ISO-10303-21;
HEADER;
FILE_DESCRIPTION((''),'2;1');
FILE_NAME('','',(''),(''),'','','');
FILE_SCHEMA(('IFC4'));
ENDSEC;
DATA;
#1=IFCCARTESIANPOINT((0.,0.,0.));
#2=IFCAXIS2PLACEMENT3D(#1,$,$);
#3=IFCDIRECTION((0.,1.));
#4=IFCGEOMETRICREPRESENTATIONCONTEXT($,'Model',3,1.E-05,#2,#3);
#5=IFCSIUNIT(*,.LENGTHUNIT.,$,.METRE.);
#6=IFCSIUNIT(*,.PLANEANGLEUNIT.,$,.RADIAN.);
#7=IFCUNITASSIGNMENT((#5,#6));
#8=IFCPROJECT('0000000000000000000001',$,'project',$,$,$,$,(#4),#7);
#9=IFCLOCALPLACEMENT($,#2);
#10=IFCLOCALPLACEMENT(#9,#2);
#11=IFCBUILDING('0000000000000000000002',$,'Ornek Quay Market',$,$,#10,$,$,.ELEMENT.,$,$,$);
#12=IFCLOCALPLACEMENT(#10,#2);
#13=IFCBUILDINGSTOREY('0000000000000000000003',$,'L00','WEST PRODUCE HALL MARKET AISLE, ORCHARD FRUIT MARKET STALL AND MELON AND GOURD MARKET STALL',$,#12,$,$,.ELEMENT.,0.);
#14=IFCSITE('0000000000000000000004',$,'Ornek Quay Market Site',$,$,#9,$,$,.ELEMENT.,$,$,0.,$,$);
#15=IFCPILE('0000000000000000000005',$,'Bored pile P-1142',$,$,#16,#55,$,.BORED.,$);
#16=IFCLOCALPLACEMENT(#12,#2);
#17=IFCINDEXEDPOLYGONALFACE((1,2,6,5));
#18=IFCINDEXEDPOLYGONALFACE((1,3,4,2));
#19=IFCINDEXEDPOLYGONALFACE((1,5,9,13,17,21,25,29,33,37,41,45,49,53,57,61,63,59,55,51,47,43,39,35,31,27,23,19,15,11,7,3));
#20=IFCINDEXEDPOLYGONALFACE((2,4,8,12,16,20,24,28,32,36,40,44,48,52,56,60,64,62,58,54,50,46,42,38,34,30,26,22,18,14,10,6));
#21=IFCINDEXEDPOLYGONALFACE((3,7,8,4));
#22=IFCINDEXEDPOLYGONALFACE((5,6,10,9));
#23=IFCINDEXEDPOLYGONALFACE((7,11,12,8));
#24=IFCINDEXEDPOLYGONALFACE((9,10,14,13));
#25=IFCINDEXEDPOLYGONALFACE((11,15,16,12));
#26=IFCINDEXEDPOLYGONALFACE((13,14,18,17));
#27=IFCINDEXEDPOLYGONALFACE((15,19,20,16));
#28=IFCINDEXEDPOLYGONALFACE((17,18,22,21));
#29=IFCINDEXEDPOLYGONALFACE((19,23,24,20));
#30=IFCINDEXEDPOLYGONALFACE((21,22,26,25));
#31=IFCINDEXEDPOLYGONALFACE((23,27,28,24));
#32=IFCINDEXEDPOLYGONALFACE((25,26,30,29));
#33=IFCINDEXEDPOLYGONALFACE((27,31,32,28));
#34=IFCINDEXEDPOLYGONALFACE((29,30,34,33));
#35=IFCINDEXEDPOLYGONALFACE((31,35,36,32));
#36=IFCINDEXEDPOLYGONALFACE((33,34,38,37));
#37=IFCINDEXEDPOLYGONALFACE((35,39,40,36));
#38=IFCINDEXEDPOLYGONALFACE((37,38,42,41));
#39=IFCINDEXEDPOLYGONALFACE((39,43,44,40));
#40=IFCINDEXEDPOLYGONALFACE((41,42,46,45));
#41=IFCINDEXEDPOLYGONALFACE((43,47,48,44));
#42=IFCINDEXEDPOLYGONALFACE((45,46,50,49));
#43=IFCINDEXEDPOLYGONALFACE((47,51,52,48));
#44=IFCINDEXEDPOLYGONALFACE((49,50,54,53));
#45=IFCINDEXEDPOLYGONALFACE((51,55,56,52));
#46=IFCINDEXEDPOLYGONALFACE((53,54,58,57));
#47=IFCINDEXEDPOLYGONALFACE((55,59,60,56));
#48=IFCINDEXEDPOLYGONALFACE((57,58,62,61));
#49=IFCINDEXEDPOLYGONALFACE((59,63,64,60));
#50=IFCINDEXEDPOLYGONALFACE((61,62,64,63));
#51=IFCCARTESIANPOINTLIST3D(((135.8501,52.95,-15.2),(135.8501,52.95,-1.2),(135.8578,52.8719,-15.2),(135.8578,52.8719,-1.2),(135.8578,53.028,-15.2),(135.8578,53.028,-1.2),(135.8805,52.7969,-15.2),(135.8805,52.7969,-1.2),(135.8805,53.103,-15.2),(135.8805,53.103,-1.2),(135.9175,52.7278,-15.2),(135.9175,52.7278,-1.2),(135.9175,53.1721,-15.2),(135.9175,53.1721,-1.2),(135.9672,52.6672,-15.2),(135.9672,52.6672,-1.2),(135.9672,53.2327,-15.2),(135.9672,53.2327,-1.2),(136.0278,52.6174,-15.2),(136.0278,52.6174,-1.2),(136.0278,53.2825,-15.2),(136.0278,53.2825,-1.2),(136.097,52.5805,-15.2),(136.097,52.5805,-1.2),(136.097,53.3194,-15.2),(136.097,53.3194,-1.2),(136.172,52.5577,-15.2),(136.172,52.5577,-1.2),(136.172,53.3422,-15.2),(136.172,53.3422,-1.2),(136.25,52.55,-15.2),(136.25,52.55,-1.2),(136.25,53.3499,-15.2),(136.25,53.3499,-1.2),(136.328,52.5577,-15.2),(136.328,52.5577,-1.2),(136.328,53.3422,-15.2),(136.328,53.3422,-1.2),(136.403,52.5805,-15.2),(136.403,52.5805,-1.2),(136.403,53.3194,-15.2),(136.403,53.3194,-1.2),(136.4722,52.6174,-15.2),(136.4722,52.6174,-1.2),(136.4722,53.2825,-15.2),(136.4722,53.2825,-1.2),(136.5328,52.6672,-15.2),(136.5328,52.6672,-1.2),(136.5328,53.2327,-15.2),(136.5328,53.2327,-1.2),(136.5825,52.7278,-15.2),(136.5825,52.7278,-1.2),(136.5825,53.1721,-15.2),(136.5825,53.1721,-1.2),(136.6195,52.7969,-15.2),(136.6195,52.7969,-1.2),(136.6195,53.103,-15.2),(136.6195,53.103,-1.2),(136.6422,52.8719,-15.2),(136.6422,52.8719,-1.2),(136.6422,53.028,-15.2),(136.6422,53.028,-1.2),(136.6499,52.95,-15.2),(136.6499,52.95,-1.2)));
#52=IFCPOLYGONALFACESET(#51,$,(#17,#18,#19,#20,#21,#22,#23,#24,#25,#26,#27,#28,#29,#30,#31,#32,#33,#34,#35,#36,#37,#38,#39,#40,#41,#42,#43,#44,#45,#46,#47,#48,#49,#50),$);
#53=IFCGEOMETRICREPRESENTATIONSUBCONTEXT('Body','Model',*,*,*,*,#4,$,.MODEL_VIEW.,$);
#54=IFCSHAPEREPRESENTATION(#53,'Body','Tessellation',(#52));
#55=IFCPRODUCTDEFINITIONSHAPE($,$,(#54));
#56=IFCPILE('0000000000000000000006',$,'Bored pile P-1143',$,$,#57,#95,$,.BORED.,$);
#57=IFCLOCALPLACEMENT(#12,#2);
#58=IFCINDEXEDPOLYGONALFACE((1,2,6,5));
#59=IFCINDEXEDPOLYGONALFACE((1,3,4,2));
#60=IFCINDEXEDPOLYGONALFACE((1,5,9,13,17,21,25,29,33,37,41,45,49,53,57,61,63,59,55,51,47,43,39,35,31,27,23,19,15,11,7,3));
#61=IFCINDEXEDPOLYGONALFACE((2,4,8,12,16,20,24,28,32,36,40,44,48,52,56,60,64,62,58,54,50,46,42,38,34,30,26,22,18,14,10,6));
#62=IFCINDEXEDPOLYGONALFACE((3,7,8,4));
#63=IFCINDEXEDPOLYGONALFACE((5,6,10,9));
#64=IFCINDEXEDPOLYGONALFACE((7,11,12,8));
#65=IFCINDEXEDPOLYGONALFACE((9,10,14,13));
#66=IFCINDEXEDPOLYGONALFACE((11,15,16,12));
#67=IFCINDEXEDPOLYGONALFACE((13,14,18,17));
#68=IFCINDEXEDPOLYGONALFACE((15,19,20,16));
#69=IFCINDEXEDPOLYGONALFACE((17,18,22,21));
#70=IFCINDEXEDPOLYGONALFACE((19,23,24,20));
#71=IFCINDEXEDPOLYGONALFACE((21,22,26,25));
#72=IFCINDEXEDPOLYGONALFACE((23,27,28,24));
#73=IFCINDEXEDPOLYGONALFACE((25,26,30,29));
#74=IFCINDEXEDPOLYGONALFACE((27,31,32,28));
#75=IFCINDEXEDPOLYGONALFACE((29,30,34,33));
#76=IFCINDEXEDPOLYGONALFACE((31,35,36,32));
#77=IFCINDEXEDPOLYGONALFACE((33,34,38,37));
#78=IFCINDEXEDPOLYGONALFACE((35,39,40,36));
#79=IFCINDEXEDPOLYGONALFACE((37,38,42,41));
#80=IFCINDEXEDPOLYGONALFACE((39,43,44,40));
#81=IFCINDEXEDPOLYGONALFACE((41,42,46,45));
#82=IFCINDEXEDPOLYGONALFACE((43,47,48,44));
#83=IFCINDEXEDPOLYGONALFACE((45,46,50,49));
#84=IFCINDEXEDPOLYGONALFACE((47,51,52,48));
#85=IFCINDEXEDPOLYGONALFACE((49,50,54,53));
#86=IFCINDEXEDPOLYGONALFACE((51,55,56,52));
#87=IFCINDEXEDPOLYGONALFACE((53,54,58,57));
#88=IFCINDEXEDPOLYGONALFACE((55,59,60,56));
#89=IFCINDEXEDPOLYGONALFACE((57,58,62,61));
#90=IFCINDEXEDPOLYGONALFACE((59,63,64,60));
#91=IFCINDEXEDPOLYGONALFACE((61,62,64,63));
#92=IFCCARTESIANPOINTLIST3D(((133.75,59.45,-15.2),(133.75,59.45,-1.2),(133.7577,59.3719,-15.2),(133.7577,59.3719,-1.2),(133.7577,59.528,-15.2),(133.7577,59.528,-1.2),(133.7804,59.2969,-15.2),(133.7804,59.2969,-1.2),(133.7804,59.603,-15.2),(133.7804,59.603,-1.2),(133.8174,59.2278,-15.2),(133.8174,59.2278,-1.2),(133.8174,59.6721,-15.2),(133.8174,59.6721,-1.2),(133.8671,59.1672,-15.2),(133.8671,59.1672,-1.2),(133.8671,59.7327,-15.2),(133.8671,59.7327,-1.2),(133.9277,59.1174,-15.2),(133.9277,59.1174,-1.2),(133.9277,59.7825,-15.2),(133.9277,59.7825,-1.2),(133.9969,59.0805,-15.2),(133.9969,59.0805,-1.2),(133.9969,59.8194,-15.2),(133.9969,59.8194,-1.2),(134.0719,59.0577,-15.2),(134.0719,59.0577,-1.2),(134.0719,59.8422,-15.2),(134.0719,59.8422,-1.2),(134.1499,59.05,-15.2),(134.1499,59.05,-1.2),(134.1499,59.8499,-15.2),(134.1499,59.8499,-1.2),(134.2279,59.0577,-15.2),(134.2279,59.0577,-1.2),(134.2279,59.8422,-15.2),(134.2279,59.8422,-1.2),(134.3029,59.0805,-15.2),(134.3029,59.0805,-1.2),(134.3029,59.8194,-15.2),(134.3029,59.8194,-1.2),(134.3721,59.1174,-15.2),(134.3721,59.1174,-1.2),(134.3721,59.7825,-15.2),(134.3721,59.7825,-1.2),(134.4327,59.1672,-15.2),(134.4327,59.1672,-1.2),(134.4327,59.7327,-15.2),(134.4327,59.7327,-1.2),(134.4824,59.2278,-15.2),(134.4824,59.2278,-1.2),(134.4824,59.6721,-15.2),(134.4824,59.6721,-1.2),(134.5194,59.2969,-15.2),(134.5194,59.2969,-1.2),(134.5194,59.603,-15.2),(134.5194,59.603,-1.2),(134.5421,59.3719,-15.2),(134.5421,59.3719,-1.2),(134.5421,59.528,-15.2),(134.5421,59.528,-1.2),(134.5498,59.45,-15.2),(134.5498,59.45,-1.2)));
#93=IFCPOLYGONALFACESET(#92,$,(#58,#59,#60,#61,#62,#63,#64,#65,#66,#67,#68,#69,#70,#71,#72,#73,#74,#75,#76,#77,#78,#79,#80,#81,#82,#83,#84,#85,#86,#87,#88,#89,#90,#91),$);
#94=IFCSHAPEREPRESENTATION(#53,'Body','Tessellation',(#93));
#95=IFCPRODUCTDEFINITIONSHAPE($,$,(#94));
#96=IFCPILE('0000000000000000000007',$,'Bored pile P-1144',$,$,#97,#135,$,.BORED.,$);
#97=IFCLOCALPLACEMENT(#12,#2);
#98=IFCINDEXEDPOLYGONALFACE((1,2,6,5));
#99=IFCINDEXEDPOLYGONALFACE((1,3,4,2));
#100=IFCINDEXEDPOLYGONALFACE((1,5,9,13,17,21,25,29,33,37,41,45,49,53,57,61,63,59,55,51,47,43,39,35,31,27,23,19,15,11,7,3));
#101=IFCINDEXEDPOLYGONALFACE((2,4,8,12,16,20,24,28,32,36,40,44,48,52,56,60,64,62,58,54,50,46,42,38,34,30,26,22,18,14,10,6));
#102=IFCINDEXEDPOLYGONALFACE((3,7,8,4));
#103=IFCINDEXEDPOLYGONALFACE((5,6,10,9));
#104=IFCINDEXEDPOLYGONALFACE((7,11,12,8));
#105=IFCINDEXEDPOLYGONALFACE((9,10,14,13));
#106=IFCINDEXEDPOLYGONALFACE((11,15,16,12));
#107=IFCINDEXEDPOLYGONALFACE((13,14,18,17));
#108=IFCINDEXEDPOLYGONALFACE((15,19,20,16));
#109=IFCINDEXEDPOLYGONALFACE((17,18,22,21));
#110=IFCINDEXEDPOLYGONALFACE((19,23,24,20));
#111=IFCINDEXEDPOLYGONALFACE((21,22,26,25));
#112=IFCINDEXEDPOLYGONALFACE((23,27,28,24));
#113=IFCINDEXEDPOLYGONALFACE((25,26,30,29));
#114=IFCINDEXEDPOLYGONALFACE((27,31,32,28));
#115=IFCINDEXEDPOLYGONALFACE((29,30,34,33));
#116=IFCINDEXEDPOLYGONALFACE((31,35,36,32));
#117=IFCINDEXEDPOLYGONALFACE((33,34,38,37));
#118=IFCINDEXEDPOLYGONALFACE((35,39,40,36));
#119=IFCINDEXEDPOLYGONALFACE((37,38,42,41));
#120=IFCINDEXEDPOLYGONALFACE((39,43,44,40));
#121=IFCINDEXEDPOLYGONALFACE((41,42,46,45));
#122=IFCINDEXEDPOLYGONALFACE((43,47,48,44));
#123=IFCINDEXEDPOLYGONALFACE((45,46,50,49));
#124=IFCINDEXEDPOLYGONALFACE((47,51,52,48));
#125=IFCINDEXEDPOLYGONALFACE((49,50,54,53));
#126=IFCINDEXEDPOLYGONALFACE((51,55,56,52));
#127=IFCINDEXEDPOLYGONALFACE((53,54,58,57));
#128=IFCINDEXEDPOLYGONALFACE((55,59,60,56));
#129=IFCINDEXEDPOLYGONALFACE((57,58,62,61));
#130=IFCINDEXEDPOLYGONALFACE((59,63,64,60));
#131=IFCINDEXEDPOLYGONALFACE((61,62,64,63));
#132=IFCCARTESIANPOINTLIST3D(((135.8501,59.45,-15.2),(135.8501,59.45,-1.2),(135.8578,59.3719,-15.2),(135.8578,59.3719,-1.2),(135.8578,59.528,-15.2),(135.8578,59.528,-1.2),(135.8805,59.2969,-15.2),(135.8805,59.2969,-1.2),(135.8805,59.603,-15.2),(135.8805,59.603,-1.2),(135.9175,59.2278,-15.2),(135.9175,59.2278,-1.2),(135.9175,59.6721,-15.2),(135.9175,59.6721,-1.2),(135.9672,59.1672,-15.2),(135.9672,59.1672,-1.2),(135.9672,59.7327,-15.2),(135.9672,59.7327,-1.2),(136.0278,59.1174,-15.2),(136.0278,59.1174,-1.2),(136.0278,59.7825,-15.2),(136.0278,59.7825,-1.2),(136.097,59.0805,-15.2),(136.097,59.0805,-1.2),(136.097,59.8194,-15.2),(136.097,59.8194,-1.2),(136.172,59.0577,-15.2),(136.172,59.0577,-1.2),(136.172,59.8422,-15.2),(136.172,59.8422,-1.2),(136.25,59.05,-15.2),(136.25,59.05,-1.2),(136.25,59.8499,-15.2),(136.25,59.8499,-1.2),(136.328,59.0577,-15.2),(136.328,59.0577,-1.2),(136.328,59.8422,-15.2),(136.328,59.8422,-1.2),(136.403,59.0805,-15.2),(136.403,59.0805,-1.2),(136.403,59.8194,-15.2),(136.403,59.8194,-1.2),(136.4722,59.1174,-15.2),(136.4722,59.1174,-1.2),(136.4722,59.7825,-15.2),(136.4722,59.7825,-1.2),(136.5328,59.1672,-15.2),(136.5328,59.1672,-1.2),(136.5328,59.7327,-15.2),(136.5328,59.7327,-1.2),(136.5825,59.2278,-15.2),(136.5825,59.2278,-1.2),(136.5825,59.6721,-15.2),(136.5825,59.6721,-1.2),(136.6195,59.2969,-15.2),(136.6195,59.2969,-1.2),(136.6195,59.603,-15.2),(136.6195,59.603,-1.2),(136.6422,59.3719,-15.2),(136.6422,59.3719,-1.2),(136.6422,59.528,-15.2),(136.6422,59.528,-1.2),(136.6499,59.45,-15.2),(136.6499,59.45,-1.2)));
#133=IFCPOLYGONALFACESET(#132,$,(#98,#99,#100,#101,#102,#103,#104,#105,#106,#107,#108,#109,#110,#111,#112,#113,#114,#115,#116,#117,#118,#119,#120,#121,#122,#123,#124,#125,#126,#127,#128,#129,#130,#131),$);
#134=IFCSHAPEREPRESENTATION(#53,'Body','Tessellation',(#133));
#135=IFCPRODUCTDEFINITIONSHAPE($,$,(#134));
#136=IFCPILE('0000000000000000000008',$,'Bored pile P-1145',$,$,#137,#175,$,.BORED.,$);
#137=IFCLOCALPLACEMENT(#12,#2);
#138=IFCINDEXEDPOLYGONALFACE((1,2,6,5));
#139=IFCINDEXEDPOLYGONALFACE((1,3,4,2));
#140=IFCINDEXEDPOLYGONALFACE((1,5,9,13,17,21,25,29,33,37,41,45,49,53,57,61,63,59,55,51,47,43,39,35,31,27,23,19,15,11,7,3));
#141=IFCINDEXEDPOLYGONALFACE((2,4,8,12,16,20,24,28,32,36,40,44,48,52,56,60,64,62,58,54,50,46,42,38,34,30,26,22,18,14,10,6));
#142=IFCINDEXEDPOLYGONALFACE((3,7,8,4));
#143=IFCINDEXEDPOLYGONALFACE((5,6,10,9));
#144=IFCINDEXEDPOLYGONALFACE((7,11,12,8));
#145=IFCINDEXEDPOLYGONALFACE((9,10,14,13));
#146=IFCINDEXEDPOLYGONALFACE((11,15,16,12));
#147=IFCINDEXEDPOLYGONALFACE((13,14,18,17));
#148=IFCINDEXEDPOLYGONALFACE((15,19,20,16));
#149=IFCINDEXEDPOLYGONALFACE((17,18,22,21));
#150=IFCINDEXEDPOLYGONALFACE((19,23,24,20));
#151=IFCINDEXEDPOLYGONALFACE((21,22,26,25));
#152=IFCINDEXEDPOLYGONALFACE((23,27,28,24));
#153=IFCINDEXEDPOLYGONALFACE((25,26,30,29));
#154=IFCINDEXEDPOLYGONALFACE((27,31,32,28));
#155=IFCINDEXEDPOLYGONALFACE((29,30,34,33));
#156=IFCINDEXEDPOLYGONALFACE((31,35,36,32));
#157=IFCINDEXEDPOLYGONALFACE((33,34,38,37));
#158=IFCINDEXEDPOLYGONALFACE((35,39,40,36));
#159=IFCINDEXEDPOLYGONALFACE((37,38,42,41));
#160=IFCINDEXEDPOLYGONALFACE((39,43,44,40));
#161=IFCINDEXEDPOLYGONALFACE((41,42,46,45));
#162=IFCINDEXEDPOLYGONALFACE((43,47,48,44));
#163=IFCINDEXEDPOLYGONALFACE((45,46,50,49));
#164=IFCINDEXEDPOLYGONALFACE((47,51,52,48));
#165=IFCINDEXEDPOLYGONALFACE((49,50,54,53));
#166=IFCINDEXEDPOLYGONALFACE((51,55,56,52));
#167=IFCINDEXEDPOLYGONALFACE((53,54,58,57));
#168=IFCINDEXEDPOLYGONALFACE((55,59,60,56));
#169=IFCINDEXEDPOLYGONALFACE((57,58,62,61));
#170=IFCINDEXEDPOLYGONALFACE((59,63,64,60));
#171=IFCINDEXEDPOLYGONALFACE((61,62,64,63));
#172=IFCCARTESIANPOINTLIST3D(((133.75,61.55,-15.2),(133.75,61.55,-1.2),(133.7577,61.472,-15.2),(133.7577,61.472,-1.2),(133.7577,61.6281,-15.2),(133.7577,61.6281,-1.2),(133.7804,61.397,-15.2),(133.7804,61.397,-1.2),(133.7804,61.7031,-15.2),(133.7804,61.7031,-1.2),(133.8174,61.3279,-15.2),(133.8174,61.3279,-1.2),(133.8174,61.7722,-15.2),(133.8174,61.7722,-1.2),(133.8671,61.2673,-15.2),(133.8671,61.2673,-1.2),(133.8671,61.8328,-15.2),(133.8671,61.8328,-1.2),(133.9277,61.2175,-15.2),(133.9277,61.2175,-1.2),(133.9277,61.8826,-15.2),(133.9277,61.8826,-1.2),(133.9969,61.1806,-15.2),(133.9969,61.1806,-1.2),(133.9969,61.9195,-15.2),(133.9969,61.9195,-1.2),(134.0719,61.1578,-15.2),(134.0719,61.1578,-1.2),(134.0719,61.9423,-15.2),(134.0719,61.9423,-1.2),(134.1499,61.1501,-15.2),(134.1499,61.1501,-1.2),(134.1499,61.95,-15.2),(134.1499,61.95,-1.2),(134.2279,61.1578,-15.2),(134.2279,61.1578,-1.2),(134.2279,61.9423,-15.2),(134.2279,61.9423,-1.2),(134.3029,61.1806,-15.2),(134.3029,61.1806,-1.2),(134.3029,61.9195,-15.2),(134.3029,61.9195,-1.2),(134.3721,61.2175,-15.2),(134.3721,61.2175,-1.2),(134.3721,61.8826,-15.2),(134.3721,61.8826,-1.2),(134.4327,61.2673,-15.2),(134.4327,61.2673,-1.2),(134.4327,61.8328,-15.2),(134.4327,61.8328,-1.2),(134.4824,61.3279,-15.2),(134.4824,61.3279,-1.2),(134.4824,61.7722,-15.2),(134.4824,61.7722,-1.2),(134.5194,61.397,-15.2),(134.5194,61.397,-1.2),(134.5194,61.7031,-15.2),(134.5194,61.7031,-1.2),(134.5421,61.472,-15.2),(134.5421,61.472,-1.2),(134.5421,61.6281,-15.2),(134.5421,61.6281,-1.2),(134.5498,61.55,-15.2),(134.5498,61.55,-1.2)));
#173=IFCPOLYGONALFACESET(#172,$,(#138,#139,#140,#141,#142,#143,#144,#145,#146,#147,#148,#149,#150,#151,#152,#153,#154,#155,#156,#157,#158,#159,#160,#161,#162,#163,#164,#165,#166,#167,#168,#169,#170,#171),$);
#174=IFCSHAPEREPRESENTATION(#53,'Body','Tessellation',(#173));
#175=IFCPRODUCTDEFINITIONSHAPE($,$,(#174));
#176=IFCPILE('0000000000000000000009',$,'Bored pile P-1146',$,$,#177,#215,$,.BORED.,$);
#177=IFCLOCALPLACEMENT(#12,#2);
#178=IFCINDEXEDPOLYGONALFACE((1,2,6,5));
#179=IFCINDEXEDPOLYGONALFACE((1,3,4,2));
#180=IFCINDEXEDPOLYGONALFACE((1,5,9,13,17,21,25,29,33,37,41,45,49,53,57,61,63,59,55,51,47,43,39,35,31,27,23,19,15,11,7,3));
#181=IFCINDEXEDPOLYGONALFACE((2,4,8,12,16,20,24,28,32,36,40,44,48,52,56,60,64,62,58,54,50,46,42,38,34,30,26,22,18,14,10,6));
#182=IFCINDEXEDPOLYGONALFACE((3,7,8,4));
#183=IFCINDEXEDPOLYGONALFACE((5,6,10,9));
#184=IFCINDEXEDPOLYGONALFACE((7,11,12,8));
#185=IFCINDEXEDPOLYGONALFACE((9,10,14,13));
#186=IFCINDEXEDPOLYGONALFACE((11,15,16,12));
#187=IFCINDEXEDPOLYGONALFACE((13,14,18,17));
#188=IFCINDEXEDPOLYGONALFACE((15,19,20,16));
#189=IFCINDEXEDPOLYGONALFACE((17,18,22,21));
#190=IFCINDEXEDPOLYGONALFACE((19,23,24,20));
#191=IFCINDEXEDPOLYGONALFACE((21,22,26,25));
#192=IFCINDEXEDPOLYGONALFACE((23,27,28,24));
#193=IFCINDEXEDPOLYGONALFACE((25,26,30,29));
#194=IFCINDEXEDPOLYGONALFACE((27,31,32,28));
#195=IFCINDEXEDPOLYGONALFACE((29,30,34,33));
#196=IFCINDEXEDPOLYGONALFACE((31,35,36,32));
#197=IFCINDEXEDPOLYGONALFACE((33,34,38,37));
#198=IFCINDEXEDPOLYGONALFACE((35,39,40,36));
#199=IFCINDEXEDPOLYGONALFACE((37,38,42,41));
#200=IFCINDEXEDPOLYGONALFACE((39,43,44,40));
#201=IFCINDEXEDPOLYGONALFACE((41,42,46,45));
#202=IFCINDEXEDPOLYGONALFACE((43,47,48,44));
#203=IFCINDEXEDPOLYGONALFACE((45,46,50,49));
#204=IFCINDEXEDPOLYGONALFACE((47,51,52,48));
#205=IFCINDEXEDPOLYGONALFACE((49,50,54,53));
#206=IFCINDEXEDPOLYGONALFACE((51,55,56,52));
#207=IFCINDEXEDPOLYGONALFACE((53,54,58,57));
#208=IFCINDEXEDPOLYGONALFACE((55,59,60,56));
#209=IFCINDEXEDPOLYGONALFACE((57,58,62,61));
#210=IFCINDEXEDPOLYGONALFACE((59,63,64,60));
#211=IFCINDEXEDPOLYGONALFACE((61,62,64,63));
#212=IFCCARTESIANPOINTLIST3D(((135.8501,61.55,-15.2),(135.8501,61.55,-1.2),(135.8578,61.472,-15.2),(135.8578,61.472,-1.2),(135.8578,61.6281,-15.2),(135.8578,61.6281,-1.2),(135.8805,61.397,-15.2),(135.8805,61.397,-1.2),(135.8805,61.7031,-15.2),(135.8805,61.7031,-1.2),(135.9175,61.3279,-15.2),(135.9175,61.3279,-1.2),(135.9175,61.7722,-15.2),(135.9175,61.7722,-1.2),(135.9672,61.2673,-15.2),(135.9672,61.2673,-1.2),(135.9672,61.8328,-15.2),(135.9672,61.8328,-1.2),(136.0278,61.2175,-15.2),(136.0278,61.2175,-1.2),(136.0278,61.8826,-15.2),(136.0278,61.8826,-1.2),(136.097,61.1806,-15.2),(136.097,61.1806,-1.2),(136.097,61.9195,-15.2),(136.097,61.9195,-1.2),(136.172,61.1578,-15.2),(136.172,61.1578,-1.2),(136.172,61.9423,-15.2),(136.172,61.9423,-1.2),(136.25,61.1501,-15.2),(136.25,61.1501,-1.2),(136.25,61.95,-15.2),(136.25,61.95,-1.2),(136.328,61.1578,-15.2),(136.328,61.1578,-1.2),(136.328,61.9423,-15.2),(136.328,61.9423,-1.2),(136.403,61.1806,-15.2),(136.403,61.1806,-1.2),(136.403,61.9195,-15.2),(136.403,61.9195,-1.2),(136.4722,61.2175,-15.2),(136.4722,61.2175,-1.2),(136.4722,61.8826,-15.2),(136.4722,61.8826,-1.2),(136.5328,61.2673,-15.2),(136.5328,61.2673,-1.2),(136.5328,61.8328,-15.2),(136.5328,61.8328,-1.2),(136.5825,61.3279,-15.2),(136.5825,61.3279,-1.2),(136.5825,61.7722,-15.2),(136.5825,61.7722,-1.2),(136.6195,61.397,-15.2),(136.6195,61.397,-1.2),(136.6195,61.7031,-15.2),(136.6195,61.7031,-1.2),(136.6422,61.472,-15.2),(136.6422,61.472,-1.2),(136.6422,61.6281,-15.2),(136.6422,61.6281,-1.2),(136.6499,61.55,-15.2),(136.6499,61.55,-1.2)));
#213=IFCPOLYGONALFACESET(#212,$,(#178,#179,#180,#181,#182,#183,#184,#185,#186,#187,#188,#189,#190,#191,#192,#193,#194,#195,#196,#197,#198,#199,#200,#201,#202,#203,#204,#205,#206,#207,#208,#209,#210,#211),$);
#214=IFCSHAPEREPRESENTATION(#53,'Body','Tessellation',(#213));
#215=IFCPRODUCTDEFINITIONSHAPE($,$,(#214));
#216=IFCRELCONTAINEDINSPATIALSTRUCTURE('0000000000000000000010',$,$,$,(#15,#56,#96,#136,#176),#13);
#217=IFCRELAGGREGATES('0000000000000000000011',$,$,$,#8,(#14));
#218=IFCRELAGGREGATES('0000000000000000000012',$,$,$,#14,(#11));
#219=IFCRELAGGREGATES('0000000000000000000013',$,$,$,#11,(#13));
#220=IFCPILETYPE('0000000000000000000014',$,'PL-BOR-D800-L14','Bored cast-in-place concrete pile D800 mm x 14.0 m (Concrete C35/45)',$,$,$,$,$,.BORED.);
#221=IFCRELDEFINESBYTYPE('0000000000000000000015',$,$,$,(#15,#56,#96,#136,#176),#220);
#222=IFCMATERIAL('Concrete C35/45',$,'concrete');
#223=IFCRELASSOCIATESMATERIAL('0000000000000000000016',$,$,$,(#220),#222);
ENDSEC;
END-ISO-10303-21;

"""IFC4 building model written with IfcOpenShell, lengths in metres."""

from ifc_helpers import new_model, si_unit, direction, frame, origin, origin_2d, place, context, subcontext, project, spatial, circle, extrude, material, material_profile, profile_set, type_object, element, save


model = new_model("IFC4")

# Units and contexts
model_context = context("Model", 3, precision=1e-05, world=origin(), true_north=direction((0.0, 1.0)))
body_context = subcontext(model_context, "Body", "Model", "MODEL_VIEW")
ifc_project = project(units=[si_unit("LENGTHUNIT", "METRE"), si_unit("PLANEANGLEUNIT", "RADIAN")], contexts=[model_context])

# Site, building, storey
site_placement = place(None, origin())
site = spatial("IfcSite", under=ifc_project, at=site_placement, Name="Ornek Quay Market Site", CompositionType="ELEMENT", RefElevation=0.0)
building_placement = place(site_placement, origin())
building = spatial("IfcBuilding", under=site, at=building_placement, Name="Ornek Quay Market", CompositionType="ELEMENT")
storey_placement = place(building_placement, origin())
storey = spatial("IfcBuildingStorey", under=building, at=storey_placement, Name="L00", Description="WEST PRODUCE HALL MARKET AISLE, ORCHARD FRUIT MARKET STALL AND MELON AND GOURD MARKET STALL", CompositionType="ELEMENT", Elevation=0.0)

# Piles
ifc_material_1 = material(Name="Concrete C35/45", Category="concrete")
ifc_material_profile_1 = material_profile(ifc_material_1, circle(Radius=0.3999, at=origin_2d()), Name="PILE D800", Category="concrete")
ifc_profile_set_1 = profile_set([ifc_material_profile_1], Name="Concrete C35/45")
pile_type_1 = type_object("IfcPileType", Name="PL-BOR-D800-L14", Description="Bored cast-in-place concrete pile D800 mm x 14.0 m (Concrete C35/45)", PredefinedType="BORED", material=ifc_profile_set_1)
for number, where, z_axis, x_axis, name in (
    (1, (136.25, 52.95, -1.2), (0.0, 0.0, -1.0), (1.0, 0.0, 0.0), "Bored pile P-1142"),
    (2, (134.1499, 59.45, -1.2), (0.0, 0.0, -1.0), (1.0, 0.0, 0.0), "Bored pile P-1143"),
    (3, (136.25, 59.45, -1.2), (0.0, 0.0, -1.0), (1.0, 0.0, 0.0), "Bored pile P-1144"),
    (4, (134.1499, 61.55, -1.2), (0.0, 0.0, -1.0), (1.0, 0.0, 0.0), "Bored pile P-1145"),
    (5, (136.25, 61.55, -1.2), (0.0, 0.0, -1.0), (1.0, 0.0, 0.0), "Bored pile P-1146"),
):
    element("IfcPile", number, at=place(storey_placement, frame(where, z_axis=z_axis, x_axis=x_axis)), inside=storey, type_object=pile_type_1, Name=name, PredefinedType="BORED", context=body_context, shape_type="SweptSolid", body=[
        extrude(circle(Radius=0.3999, at=origin_2d()), origin(), (0.0, 0.0, 1.0), 14.0),
    ])

save(model, "model.ifc")
